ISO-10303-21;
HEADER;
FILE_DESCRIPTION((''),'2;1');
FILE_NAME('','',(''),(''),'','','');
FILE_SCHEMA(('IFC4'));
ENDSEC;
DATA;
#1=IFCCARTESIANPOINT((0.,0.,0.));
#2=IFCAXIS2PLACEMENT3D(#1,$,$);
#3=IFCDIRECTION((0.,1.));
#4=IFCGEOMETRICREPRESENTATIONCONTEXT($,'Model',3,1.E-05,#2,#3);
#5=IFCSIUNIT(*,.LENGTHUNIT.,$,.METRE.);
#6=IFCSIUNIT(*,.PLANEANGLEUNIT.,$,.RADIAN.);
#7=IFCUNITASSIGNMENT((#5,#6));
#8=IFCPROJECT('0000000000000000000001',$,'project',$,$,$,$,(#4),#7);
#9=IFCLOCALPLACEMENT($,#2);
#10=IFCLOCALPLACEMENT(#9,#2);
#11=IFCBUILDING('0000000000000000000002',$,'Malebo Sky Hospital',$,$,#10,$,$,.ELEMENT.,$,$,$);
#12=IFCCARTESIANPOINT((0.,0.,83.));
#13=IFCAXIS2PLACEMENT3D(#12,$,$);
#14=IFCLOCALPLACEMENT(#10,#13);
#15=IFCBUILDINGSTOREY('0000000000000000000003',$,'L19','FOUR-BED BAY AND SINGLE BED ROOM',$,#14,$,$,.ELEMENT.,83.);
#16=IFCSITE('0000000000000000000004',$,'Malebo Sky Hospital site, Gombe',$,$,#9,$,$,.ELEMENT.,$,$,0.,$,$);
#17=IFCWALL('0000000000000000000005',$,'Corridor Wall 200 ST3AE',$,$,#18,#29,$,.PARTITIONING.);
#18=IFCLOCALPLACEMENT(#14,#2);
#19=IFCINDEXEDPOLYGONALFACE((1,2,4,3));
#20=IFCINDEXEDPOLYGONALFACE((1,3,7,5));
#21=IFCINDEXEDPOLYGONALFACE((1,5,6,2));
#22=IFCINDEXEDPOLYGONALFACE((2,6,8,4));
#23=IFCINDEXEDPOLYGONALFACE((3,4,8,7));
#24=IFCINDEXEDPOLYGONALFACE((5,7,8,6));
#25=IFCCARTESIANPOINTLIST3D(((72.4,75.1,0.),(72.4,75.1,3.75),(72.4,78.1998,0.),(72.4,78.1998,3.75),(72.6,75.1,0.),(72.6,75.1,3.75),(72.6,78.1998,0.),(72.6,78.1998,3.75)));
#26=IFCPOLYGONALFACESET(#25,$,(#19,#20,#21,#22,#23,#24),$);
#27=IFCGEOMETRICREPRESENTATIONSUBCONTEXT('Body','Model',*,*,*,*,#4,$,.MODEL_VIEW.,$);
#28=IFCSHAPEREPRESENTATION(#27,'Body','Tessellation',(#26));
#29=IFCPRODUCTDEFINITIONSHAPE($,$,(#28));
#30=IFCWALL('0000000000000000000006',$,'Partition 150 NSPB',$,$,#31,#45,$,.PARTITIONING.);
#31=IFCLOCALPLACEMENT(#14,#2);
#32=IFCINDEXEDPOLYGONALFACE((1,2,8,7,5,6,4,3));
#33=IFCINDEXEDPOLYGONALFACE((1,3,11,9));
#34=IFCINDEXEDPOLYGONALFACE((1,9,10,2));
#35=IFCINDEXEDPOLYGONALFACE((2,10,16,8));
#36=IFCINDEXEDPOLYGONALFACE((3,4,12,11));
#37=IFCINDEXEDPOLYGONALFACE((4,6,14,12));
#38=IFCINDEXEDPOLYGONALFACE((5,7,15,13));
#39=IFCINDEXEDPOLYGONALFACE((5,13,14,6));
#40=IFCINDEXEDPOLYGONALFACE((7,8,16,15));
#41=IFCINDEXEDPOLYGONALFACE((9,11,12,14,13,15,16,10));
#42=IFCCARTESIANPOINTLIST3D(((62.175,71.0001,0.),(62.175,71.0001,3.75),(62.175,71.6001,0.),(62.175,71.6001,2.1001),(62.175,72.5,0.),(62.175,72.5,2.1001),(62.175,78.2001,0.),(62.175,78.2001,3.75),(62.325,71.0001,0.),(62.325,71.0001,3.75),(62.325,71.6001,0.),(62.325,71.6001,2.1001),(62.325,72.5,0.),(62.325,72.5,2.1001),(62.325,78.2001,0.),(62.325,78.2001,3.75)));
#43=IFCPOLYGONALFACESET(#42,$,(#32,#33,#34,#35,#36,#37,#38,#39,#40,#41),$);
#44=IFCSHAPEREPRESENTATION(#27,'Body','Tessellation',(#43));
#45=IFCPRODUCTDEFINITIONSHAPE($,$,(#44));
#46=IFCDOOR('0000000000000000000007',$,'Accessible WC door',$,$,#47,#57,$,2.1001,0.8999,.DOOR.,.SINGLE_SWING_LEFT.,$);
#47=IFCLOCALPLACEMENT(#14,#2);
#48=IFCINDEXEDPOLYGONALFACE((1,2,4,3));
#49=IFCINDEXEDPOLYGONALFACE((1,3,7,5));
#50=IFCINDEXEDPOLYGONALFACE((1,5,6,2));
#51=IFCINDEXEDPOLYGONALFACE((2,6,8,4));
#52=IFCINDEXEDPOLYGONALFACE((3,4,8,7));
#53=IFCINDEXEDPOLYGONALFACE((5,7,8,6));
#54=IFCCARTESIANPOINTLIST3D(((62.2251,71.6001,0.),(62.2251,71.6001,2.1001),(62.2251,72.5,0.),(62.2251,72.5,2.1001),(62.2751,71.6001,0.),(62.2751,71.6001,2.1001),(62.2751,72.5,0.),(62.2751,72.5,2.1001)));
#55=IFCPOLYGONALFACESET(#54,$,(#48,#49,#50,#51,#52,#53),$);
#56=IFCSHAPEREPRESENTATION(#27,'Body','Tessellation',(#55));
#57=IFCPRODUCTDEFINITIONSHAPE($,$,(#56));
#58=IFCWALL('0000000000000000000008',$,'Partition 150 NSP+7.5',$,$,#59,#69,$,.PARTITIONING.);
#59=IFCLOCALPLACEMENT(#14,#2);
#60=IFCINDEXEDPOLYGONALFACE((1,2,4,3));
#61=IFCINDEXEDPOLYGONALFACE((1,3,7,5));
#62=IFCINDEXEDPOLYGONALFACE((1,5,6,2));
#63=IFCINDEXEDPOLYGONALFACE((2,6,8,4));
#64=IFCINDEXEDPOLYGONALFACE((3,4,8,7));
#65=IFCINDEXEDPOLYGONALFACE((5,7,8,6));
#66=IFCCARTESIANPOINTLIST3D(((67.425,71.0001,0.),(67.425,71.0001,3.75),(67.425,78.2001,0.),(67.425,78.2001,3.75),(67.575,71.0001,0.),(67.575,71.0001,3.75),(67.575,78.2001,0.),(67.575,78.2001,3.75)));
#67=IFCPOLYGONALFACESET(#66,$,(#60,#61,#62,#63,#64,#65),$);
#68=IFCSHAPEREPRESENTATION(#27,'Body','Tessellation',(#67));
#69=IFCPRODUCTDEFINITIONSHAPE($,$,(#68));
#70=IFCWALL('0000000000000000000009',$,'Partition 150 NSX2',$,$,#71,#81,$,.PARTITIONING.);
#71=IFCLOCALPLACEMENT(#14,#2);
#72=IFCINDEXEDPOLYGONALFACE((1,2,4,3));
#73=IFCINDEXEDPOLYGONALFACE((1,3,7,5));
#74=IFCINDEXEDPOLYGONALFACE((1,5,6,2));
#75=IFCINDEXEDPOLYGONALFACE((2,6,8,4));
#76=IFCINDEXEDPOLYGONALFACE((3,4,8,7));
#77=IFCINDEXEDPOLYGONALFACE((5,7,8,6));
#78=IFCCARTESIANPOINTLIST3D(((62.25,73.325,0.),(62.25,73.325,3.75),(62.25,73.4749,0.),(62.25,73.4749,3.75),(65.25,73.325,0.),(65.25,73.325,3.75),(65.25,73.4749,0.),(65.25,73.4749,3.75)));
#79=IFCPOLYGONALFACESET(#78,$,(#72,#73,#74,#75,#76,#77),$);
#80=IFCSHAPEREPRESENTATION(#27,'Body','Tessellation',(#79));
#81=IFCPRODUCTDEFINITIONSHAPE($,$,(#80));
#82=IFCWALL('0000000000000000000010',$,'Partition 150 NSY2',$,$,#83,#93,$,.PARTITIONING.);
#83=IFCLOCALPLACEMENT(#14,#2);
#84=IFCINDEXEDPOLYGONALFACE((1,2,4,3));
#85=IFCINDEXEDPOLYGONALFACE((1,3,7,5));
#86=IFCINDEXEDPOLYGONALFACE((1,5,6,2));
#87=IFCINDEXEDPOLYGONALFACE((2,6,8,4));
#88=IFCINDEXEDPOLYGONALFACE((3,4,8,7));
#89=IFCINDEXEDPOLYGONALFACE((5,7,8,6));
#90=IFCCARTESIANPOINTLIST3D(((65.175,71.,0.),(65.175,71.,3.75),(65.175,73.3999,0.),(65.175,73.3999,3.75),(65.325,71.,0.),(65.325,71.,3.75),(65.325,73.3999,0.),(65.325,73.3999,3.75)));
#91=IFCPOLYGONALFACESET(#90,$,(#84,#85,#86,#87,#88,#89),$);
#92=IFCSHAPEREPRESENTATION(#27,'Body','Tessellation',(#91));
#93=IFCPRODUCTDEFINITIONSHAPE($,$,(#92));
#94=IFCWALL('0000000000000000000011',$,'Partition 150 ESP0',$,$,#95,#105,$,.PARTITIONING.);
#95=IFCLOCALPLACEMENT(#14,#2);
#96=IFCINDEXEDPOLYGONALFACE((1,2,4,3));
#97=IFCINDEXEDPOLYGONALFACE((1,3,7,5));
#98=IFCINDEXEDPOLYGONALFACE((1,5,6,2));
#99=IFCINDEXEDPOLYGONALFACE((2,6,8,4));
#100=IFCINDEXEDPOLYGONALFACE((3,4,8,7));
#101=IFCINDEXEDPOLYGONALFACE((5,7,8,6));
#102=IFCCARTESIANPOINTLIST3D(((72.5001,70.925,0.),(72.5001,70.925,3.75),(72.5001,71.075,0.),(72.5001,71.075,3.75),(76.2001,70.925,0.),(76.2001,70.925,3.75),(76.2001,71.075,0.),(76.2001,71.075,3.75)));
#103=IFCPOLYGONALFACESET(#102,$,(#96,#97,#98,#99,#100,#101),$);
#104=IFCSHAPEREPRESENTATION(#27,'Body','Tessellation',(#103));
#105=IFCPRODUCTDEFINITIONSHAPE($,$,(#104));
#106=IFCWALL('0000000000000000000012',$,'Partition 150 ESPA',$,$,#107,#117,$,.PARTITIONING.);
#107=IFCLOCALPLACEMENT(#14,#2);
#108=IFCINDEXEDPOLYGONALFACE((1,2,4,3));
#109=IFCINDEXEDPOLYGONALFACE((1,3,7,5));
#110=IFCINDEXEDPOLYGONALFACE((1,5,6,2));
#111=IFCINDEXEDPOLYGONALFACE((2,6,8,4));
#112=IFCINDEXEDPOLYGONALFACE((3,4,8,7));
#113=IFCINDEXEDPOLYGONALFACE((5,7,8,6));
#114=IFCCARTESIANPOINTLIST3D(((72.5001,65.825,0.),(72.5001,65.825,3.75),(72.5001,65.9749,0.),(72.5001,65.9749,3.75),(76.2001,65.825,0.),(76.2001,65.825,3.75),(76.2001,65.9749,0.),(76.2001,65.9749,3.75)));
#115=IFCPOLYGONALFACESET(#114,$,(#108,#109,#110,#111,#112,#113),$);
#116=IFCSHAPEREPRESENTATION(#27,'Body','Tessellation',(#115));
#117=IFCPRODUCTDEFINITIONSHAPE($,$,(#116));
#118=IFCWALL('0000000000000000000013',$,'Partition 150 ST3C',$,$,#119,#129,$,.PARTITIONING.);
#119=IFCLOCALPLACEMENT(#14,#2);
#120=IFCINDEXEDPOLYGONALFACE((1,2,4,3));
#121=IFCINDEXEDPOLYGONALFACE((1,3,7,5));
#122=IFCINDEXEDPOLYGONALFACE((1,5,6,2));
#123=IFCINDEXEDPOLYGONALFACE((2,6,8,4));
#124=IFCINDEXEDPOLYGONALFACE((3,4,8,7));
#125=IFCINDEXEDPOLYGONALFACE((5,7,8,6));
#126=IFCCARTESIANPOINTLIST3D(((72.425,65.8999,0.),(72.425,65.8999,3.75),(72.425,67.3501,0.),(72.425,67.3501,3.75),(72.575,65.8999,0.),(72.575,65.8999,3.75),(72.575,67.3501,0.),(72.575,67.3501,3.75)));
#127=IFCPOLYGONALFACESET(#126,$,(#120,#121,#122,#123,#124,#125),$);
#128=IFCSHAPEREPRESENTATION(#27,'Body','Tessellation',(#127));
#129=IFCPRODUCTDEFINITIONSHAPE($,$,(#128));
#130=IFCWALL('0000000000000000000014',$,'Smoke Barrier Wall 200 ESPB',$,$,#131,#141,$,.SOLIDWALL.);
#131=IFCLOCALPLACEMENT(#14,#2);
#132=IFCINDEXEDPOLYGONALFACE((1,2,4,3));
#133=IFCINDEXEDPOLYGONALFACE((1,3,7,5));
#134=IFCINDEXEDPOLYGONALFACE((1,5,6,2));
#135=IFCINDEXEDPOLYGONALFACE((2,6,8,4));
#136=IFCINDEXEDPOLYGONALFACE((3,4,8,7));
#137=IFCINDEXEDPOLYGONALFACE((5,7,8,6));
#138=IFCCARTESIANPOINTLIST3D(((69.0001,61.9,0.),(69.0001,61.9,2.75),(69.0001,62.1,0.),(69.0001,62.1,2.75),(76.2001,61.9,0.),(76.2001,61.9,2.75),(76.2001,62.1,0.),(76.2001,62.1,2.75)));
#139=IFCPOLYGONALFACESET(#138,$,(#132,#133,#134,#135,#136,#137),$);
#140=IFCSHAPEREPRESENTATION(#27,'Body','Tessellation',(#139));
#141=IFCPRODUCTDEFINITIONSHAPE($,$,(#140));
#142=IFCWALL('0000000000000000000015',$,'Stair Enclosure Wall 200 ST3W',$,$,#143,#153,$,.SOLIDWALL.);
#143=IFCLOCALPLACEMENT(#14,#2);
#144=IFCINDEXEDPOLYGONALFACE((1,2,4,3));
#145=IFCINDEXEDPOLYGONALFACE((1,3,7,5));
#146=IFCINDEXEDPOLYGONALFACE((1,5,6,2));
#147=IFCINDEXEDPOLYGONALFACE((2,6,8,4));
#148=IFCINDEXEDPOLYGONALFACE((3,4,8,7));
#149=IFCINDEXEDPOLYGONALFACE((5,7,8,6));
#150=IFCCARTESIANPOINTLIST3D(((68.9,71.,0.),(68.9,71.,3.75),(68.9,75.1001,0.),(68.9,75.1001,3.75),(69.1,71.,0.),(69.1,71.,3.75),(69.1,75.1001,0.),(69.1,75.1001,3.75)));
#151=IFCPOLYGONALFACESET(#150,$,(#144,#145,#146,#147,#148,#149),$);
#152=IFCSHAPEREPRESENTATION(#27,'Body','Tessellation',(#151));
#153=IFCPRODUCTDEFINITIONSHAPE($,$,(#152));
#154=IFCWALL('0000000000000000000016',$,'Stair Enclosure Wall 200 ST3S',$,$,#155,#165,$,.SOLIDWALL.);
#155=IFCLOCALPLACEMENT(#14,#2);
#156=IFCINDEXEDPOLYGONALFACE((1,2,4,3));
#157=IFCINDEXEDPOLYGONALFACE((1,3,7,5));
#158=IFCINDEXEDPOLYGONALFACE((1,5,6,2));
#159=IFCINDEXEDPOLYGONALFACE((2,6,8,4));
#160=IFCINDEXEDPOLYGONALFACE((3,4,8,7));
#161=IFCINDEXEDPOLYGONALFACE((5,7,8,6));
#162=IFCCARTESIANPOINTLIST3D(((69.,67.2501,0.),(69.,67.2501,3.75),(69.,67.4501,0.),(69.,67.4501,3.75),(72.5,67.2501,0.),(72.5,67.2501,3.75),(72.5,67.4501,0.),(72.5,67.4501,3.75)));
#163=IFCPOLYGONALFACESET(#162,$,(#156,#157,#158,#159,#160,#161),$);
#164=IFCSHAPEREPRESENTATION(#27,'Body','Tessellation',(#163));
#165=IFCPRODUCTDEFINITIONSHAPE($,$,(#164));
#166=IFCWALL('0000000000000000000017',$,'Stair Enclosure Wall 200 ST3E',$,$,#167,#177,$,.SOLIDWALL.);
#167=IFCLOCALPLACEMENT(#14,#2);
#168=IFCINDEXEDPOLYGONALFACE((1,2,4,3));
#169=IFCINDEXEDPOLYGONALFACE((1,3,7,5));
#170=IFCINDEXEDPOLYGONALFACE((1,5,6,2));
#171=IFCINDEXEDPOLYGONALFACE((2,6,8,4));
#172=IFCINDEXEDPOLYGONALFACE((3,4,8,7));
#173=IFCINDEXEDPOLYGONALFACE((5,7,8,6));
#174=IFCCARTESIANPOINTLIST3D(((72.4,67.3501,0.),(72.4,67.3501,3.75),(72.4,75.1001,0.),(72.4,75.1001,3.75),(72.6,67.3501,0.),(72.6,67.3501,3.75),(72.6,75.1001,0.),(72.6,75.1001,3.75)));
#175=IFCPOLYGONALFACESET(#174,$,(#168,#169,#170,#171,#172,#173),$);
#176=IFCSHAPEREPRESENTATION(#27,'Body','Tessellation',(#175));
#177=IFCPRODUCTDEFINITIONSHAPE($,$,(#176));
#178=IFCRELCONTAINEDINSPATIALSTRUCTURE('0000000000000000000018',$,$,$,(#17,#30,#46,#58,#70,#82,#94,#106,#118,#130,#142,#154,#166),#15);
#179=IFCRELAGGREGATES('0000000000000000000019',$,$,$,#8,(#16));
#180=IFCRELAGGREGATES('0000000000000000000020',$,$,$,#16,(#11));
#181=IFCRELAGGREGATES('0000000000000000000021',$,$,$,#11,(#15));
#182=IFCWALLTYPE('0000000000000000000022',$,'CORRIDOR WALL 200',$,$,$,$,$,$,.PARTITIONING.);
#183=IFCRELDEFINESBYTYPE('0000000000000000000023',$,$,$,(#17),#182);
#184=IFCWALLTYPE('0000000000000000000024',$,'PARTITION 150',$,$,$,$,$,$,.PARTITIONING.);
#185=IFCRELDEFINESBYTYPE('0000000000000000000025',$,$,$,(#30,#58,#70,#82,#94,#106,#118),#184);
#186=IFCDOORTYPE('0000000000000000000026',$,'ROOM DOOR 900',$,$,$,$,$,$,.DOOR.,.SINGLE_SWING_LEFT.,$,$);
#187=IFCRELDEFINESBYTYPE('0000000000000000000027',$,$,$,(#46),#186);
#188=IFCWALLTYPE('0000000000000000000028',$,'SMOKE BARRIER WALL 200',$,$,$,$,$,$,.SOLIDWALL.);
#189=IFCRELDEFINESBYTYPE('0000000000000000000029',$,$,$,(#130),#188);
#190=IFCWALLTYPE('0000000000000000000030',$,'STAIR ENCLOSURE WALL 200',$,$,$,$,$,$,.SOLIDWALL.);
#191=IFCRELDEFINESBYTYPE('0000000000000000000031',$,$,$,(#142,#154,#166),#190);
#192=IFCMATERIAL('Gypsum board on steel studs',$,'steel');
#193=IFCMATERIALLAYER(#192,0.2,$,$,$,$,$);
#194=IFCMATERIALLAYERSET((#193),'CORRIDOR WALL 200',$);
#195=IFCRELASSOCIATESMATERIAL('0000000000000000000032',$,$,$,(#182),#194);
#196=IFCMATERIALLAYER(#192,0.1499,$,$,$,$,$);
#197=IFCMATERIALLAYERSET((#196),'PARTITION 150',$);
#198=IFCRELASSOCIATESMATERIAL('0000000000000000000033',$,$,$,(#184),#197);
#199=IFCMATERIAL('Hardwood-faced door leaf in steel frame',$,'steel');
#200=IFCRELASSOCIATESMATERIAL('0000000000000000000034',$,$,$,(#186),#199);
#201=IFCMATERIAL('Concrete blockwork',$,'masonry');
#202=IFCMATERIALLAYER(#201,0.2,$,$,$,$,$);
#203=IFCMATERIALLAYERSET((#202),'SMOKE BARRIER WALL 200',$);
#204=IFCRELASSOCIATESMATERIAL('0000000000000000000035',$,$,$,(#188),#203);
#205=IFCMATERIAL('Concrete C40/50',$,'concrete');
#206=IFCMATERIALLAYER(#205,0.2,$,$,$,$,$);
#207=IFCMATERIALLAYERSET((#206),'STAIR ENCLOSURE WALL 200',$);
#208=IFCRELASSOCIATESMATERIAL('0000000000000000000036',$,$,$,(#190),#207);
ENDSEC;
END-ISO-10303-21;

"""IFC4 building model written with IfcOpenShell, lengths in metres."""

from ifc_helpers import new_model, si_unit, direction, frame, frame_2d, origin, place, context, subcontext, project, spatial, rectangle, extrude, material, layer, layer_set, type_object, element, fill, save


model = new_model("IFC4")

# Units and contexts
model_context = context("Model", 3, precision=1e-05, world=origin(), true_north=direction((0.0, 1.0)))
body_context = subcontext(model_context, "Body", "Model", "MODEL_VIEW")
ifc_project = project(units=[si_unit("LENGTHUNIT", "METRE"), si_unit("PLANEANGLEUNIT", "RADIAN")], contexts=[model_context])

# Site, building, storey
site_placement = place(None, origin())
site = spatial("IfcSite", under=ifc_project, at=site_placement, Name="Malebo Sky Hospital site, Gombe", CompositionType="ELEMENT", RefElevation=0.0)
building_placement = place(site_placement, origin())
building = spatial("IfcBuilding", under=site, at=building_placement, Name="Malebo Sky Hospital", CompositionType="ELEMENT")
storey_placement = place(building_placement, frame((0.0, 0.0, 83.0)))
storey = spatial("IfcBuildingStorey", under=building, at=storey_placement, Name="L19", Description="FOUR-BED BAY AND SINGLE BED ROOM", CompositionType="ELEMENT", Elevation=83.0)

# Wall
ifc_material_1 = material(Name="Gypsum board on steel studs", Category="steel")
ifc_layer_1 = layer(ifc_material_1, 0.2)
ifc_layer_set_1 = layer_set([ifc_layer_1], Name="CORRIDOR WALL 200")
wall_type_1 = type_object("IfcWallType", Name="CORRIDOR WALL 200", PredefinedType="PARTITIONING", material=ifc_layer_set_1)
for number, where, z_axis, x_axis, name in (
    (1, (72.5, 75.1001, 0.0), (0.0, 0.0, 1.0), (0.0, 1.0, 0.0), "Corridor Wall 200 ST3AE"),
):
    element("IfcWall", number, at=place(storey_placement, frame(where, z_axis=z_axis, x_axis=x_axis)), inside=storey, type_object=wall_type_1, Name=name, PredefinedType="PARTITIONING", context=body_context, shape_type="SweptSolid", body=[
        extrude(rectangle(XDim=3.0999, YDim=0.2, at=frame_2d((1.5498, 0.0))), origin(), (0.0, 0.0, 1.0), 3.75),
    ])

# Wall, opening, door
ifc_layer_2 = layer(ifc_material_1, 0.1499)
ifc_layer_set_2 = layer_set([ifc_layer_2], Name="PARTITION 150")
wall_type_2 = type_object("IfcWallType", Name="PARTITION 150", PredefinedType="PARTITIONING", material=ifc_layer_set_2)
wall_1_placement = place(storey_placement, frame((62.25, 71.0, 0.0), z_axis=(0.0, 0.0, 1.0), x_axis=(0.0, 1.0, 0.0)))
wall_1 = element("IfcWall", 2, at=wall_1_placement, inside=storey, type_object=wall_type_2, Name="Partition 150 NSPB", PredefinedType="PARTITIONING", context=body_context, shape_type="SweptSolid", body=[
    extrude(rectangle(XDim=7.2, YDim=0.1499, at=frame_2d((3.6001, 0.0))), origin(), (0.0, 0.0, 1.0), 3.75),
])
opening_1_placement = place(wall_1_placement, frame((0.6001, 0.0, 0.0)))
opening_1 = element("IfcOpeningElement", 3, at=opening_1_placement, cuts=wall_1, PredefinedType="OPENING", context=body_context, shape_type="SweptSolid", body=[
    extrude(rectangle(XDim=0.8999, YDim=2.1001, at=frame_2d((0.45, 1.05))), frame((0.0, 0.085, 0.0), z_axis=(0.0, -1.0, 0.0), x_axis=(1.0, 0.0, 0.0)), (0.0, 0.0, 1.0), 0.1699),
])
ifc_material_2 = material(Name="Hardwood-faced door leaf in steel frame", Category="steel")
door_type_1 = type_object("IfcDoorType", Name="ROOM DOOR 900", OperationType="SINGLE_SWING_LEFT", PredefinedType="DOOR", material=ifc_material_2)
door_1_placement = place(opening_1_placement, origin())
door_1 = element("IfcDoor", 4, at=door_1_placement, inside=storey, type_object=door_type_1, Name="Accessible WC door", OperationType="SINGLE_SWING_LEFT", OverallHeight=2.1001, OverallWidth=0.8999, PredefinedType="DOOR", context=body_context, shape_type="SweptSolid", body=[
    extrude(rectangle(XDim=0.8999, YDim=2.1001, at=frame_2d((0.45, 1.05))), frame((0.0, 0.0249, 0.0), z_axis=(0.0, -1.0, 0.0), x_axis=(1.0, 0.0, 0.0)), (0.0, 0.0, 1.0), 0.05),
])
fill(opening_1, door_1)

# Walls
wall_2_placement = place(storey_placement, frame((67.5, 71.0, 0.0), z_axis=(0.0, 0.0, 1.0), x_axis=(0.0, 1.0, 0.0)))
element("IfcWall", 5, at=wall_2_placement, inside=storey, type_object=wall_type_2, Name="Partition 150 NSP+7.5", PredefinedType="PARTITIONING", context=body_context, shape_type="SweptSolid", body=[
    extrude(rectangle(XDim=7.2, YDim=0.1499, at=frame_2d((3.6001, 0.0))), origin(), (0.0, 0.0, 1.0), 3.75),
])
wall_3_placement = place(storey_placement, frame((62.25, 73.3999, 0.0), z_axis=(0.0, 0.0, 1.0), x_axis=(1.0, 0.0, 0.0)))
element("IfcWall", 6, at=wall_3_placement, inside=storey, type_object=wall_type_2, Name="Partition 150 NSX2", PredefinedType="PARTITIONING", context=body_context, shape_type="SweptSolid", body=[
    extrude(rectangle(XDim=3.0, YDim=0.1499, at=frame_2d((1.5, 0.0))), origin(), (0.0, 0.0, 1.0), 3.75),
])
wall_4_placement = place(storey_placement, frame((65.25, 71.0, 0.0), z_axis=(0.0, 0.0, 1.0), x_axis=(0.0, 1.0, 0.0)))
element("IfcWall", 7, at=wall_4_placement, inside=storey, type_object=wall_type_2, Name="Partition 150 NSY2", PredefinedType="PARTITIONING", context=body_context, shape_type="SweptSolid", body=[
    extrude(rectangle(XDim=2.3999, YDim=0.1499, at=frame_2d((1.2, 0.0))), origin(), (0.0, 0.0, 1.0), 3.75),
])
for number, where, z_axis, x_axis, name in (
    (8, (72.5, 71.0, 0.0), (0.0, 0.0, 1.0), (1.0, 0.0, 0.0), "Partition 150 ESP0"),
    (9, (72.5, 65.8999, 0.0), (0.0, 0.0, 1.0), (1.0, 0.0, 0.0), "Partition 150 ESPA"),
):
    element("IfcWall", number, at=place(storey_placement, frame(where, z_axis=z_axis, x_axis=x_axis)), inside=storey, type_object=wall_type_2, Name=name, PredefinedType="PARTITIONING", context=body_context, shape_type="SweptSolid", body=[
        extrude(rectangle(XDim=3.7, YDim=0.1499, at=frame_2d((1.8501, 0.0))), origin(), (0.0, 0.0, 1.0), 3.75),
    ])
wall_5_placement = place(storey_placement, frame((72.5, 65.8999, 0.0), z_axis=(0.0, 0.0, 1.0), x_axis=(0.0, 1.0, 0.0)))
element("IfcWall", 10, at=wall_5_placement, inside=storey, type_object=wall_type_2, Name="Partition 150 ST3C", PredefinedType="PARTITIONING", context=body_context, shape_type="SweptSolid", body=[
    extrude(rectangle(XDim=1.4502, YDim=0.1499, at=frame_2d((0.7251, 0.0))), origin(), (0.0, 0.0, 1.0), 3.75),
])
ifc_material_3 = material(Name="Concrete blockwork", Category="masonry")
ifc_layer_3 = layer(ifc_material_3, 0.2)
ifc_layer_set_3 = layer_set([ifc_layer_3], Name="SMOKE BARRIER WALL 200")
wall_type_3 = type_object("IfcWallType", Name="SMOKE BARRIER WALL 200", PredefinedType="SOLIDWALL", material=ifc_layer_set_3)
wall_6_placement = place(storey_placement, frame((69.0, 62.0, 0.0), z_axis=(0.0, 0.0, 1.0), x_axis=(1.0, 0.0, 0.0)))
element("IfcWall", 11, at=wall_6_placement, inside=storey, type_object=wall_type_3, Name="Smoke Barrier Wall 200 ESPB", PredefinedType="SOLIDWALL", context=body_context, shape_type="SweptSolid", body=[
    extrude(rectangle(XDim=7.2, YDim=0.2, at=frame_2d((3.6001, 0.0))), origin(), (0.0, 0.0, 1.0), 2.75),
])
ifc_material_4 = material(Name="Concrete C40/50", Category="concrete")
ifc_layer_4 = layer(ifc_material_4, 0.2)
ifc_layer_set_4 = layer_set([ifc_layer_4], Name="STAIR ENCLOSURE WALL 200")
wall_type_4 = type_object("IfcWallType", Name="STAIR ENCLOSURE WALL 200", PredefinedType="SOLIDWALL", material=ifc_layer_set_4)
wall_7_placement = place(storey_placement, frame((69.0, 71.0, 0.0), z_axis=(0.0, 0.0, 1.0), x_axis=(0.0, 1.0, 0.0)))
element("IfcWall", 12, at=wall_7_placement, inside=storey, type_object=wall_type_4, Name="Stair Enclosure Wall 200 ST3W", PredefinedType="SOLIDWALL", context=body_context, shape_type="SweptSolid", body=[
    extrude(rectangle(XDim=4.1001, YDim=0.2, at=frame_2d((2.05, 0.0))), origin(), (0.0, 0.0, 1.0), 3.75),
])
wall_8_placement = place(storey_placement, frame((69.0, 67.3501, 0.0), z_axis=(0.0, 0.0, 1.0), x_axis=(1.0, 0.0, 0.0)))
element("IfcWall", 13, at=wall_8_placement, inside=storey, type_object=wall_type_4, Name="Stair Enclosure Wall 200 ST3S", PredefinedType="SOLIDWALL", context=body_context, shape_type="SweptSolid", body=[
    extrude(rectangle(XDim=3.5, YDim=0.2, at=frame_2d((1.75, 0.0))), origin(), (0.0, 0.0, 1.0), 3.75),
])
wall_9_placement = place(storey_placement, frame((72.5, 67.3501, 0.0), z_axis=(0.0, 0.0, 1.0), x_axis=(0.0, 1.0, 0.0)))
element("IfcWall", 14, at=wall_9_placement, inside=storey, type_object=wall_type_4, Name="Stair Enclosure Wall 200 ST3E", PredefinedType="SOLIDWALL", context=body_context, shape_type="SweptSolid", body=[
    extrude(rectangle(XDim=7.75, YDim=0.2, at=frame_2d((3.875, 0.0))), origin(), (0.0, 0.0, 1.0), 3.75),
])

save(model, "model.ifc")
